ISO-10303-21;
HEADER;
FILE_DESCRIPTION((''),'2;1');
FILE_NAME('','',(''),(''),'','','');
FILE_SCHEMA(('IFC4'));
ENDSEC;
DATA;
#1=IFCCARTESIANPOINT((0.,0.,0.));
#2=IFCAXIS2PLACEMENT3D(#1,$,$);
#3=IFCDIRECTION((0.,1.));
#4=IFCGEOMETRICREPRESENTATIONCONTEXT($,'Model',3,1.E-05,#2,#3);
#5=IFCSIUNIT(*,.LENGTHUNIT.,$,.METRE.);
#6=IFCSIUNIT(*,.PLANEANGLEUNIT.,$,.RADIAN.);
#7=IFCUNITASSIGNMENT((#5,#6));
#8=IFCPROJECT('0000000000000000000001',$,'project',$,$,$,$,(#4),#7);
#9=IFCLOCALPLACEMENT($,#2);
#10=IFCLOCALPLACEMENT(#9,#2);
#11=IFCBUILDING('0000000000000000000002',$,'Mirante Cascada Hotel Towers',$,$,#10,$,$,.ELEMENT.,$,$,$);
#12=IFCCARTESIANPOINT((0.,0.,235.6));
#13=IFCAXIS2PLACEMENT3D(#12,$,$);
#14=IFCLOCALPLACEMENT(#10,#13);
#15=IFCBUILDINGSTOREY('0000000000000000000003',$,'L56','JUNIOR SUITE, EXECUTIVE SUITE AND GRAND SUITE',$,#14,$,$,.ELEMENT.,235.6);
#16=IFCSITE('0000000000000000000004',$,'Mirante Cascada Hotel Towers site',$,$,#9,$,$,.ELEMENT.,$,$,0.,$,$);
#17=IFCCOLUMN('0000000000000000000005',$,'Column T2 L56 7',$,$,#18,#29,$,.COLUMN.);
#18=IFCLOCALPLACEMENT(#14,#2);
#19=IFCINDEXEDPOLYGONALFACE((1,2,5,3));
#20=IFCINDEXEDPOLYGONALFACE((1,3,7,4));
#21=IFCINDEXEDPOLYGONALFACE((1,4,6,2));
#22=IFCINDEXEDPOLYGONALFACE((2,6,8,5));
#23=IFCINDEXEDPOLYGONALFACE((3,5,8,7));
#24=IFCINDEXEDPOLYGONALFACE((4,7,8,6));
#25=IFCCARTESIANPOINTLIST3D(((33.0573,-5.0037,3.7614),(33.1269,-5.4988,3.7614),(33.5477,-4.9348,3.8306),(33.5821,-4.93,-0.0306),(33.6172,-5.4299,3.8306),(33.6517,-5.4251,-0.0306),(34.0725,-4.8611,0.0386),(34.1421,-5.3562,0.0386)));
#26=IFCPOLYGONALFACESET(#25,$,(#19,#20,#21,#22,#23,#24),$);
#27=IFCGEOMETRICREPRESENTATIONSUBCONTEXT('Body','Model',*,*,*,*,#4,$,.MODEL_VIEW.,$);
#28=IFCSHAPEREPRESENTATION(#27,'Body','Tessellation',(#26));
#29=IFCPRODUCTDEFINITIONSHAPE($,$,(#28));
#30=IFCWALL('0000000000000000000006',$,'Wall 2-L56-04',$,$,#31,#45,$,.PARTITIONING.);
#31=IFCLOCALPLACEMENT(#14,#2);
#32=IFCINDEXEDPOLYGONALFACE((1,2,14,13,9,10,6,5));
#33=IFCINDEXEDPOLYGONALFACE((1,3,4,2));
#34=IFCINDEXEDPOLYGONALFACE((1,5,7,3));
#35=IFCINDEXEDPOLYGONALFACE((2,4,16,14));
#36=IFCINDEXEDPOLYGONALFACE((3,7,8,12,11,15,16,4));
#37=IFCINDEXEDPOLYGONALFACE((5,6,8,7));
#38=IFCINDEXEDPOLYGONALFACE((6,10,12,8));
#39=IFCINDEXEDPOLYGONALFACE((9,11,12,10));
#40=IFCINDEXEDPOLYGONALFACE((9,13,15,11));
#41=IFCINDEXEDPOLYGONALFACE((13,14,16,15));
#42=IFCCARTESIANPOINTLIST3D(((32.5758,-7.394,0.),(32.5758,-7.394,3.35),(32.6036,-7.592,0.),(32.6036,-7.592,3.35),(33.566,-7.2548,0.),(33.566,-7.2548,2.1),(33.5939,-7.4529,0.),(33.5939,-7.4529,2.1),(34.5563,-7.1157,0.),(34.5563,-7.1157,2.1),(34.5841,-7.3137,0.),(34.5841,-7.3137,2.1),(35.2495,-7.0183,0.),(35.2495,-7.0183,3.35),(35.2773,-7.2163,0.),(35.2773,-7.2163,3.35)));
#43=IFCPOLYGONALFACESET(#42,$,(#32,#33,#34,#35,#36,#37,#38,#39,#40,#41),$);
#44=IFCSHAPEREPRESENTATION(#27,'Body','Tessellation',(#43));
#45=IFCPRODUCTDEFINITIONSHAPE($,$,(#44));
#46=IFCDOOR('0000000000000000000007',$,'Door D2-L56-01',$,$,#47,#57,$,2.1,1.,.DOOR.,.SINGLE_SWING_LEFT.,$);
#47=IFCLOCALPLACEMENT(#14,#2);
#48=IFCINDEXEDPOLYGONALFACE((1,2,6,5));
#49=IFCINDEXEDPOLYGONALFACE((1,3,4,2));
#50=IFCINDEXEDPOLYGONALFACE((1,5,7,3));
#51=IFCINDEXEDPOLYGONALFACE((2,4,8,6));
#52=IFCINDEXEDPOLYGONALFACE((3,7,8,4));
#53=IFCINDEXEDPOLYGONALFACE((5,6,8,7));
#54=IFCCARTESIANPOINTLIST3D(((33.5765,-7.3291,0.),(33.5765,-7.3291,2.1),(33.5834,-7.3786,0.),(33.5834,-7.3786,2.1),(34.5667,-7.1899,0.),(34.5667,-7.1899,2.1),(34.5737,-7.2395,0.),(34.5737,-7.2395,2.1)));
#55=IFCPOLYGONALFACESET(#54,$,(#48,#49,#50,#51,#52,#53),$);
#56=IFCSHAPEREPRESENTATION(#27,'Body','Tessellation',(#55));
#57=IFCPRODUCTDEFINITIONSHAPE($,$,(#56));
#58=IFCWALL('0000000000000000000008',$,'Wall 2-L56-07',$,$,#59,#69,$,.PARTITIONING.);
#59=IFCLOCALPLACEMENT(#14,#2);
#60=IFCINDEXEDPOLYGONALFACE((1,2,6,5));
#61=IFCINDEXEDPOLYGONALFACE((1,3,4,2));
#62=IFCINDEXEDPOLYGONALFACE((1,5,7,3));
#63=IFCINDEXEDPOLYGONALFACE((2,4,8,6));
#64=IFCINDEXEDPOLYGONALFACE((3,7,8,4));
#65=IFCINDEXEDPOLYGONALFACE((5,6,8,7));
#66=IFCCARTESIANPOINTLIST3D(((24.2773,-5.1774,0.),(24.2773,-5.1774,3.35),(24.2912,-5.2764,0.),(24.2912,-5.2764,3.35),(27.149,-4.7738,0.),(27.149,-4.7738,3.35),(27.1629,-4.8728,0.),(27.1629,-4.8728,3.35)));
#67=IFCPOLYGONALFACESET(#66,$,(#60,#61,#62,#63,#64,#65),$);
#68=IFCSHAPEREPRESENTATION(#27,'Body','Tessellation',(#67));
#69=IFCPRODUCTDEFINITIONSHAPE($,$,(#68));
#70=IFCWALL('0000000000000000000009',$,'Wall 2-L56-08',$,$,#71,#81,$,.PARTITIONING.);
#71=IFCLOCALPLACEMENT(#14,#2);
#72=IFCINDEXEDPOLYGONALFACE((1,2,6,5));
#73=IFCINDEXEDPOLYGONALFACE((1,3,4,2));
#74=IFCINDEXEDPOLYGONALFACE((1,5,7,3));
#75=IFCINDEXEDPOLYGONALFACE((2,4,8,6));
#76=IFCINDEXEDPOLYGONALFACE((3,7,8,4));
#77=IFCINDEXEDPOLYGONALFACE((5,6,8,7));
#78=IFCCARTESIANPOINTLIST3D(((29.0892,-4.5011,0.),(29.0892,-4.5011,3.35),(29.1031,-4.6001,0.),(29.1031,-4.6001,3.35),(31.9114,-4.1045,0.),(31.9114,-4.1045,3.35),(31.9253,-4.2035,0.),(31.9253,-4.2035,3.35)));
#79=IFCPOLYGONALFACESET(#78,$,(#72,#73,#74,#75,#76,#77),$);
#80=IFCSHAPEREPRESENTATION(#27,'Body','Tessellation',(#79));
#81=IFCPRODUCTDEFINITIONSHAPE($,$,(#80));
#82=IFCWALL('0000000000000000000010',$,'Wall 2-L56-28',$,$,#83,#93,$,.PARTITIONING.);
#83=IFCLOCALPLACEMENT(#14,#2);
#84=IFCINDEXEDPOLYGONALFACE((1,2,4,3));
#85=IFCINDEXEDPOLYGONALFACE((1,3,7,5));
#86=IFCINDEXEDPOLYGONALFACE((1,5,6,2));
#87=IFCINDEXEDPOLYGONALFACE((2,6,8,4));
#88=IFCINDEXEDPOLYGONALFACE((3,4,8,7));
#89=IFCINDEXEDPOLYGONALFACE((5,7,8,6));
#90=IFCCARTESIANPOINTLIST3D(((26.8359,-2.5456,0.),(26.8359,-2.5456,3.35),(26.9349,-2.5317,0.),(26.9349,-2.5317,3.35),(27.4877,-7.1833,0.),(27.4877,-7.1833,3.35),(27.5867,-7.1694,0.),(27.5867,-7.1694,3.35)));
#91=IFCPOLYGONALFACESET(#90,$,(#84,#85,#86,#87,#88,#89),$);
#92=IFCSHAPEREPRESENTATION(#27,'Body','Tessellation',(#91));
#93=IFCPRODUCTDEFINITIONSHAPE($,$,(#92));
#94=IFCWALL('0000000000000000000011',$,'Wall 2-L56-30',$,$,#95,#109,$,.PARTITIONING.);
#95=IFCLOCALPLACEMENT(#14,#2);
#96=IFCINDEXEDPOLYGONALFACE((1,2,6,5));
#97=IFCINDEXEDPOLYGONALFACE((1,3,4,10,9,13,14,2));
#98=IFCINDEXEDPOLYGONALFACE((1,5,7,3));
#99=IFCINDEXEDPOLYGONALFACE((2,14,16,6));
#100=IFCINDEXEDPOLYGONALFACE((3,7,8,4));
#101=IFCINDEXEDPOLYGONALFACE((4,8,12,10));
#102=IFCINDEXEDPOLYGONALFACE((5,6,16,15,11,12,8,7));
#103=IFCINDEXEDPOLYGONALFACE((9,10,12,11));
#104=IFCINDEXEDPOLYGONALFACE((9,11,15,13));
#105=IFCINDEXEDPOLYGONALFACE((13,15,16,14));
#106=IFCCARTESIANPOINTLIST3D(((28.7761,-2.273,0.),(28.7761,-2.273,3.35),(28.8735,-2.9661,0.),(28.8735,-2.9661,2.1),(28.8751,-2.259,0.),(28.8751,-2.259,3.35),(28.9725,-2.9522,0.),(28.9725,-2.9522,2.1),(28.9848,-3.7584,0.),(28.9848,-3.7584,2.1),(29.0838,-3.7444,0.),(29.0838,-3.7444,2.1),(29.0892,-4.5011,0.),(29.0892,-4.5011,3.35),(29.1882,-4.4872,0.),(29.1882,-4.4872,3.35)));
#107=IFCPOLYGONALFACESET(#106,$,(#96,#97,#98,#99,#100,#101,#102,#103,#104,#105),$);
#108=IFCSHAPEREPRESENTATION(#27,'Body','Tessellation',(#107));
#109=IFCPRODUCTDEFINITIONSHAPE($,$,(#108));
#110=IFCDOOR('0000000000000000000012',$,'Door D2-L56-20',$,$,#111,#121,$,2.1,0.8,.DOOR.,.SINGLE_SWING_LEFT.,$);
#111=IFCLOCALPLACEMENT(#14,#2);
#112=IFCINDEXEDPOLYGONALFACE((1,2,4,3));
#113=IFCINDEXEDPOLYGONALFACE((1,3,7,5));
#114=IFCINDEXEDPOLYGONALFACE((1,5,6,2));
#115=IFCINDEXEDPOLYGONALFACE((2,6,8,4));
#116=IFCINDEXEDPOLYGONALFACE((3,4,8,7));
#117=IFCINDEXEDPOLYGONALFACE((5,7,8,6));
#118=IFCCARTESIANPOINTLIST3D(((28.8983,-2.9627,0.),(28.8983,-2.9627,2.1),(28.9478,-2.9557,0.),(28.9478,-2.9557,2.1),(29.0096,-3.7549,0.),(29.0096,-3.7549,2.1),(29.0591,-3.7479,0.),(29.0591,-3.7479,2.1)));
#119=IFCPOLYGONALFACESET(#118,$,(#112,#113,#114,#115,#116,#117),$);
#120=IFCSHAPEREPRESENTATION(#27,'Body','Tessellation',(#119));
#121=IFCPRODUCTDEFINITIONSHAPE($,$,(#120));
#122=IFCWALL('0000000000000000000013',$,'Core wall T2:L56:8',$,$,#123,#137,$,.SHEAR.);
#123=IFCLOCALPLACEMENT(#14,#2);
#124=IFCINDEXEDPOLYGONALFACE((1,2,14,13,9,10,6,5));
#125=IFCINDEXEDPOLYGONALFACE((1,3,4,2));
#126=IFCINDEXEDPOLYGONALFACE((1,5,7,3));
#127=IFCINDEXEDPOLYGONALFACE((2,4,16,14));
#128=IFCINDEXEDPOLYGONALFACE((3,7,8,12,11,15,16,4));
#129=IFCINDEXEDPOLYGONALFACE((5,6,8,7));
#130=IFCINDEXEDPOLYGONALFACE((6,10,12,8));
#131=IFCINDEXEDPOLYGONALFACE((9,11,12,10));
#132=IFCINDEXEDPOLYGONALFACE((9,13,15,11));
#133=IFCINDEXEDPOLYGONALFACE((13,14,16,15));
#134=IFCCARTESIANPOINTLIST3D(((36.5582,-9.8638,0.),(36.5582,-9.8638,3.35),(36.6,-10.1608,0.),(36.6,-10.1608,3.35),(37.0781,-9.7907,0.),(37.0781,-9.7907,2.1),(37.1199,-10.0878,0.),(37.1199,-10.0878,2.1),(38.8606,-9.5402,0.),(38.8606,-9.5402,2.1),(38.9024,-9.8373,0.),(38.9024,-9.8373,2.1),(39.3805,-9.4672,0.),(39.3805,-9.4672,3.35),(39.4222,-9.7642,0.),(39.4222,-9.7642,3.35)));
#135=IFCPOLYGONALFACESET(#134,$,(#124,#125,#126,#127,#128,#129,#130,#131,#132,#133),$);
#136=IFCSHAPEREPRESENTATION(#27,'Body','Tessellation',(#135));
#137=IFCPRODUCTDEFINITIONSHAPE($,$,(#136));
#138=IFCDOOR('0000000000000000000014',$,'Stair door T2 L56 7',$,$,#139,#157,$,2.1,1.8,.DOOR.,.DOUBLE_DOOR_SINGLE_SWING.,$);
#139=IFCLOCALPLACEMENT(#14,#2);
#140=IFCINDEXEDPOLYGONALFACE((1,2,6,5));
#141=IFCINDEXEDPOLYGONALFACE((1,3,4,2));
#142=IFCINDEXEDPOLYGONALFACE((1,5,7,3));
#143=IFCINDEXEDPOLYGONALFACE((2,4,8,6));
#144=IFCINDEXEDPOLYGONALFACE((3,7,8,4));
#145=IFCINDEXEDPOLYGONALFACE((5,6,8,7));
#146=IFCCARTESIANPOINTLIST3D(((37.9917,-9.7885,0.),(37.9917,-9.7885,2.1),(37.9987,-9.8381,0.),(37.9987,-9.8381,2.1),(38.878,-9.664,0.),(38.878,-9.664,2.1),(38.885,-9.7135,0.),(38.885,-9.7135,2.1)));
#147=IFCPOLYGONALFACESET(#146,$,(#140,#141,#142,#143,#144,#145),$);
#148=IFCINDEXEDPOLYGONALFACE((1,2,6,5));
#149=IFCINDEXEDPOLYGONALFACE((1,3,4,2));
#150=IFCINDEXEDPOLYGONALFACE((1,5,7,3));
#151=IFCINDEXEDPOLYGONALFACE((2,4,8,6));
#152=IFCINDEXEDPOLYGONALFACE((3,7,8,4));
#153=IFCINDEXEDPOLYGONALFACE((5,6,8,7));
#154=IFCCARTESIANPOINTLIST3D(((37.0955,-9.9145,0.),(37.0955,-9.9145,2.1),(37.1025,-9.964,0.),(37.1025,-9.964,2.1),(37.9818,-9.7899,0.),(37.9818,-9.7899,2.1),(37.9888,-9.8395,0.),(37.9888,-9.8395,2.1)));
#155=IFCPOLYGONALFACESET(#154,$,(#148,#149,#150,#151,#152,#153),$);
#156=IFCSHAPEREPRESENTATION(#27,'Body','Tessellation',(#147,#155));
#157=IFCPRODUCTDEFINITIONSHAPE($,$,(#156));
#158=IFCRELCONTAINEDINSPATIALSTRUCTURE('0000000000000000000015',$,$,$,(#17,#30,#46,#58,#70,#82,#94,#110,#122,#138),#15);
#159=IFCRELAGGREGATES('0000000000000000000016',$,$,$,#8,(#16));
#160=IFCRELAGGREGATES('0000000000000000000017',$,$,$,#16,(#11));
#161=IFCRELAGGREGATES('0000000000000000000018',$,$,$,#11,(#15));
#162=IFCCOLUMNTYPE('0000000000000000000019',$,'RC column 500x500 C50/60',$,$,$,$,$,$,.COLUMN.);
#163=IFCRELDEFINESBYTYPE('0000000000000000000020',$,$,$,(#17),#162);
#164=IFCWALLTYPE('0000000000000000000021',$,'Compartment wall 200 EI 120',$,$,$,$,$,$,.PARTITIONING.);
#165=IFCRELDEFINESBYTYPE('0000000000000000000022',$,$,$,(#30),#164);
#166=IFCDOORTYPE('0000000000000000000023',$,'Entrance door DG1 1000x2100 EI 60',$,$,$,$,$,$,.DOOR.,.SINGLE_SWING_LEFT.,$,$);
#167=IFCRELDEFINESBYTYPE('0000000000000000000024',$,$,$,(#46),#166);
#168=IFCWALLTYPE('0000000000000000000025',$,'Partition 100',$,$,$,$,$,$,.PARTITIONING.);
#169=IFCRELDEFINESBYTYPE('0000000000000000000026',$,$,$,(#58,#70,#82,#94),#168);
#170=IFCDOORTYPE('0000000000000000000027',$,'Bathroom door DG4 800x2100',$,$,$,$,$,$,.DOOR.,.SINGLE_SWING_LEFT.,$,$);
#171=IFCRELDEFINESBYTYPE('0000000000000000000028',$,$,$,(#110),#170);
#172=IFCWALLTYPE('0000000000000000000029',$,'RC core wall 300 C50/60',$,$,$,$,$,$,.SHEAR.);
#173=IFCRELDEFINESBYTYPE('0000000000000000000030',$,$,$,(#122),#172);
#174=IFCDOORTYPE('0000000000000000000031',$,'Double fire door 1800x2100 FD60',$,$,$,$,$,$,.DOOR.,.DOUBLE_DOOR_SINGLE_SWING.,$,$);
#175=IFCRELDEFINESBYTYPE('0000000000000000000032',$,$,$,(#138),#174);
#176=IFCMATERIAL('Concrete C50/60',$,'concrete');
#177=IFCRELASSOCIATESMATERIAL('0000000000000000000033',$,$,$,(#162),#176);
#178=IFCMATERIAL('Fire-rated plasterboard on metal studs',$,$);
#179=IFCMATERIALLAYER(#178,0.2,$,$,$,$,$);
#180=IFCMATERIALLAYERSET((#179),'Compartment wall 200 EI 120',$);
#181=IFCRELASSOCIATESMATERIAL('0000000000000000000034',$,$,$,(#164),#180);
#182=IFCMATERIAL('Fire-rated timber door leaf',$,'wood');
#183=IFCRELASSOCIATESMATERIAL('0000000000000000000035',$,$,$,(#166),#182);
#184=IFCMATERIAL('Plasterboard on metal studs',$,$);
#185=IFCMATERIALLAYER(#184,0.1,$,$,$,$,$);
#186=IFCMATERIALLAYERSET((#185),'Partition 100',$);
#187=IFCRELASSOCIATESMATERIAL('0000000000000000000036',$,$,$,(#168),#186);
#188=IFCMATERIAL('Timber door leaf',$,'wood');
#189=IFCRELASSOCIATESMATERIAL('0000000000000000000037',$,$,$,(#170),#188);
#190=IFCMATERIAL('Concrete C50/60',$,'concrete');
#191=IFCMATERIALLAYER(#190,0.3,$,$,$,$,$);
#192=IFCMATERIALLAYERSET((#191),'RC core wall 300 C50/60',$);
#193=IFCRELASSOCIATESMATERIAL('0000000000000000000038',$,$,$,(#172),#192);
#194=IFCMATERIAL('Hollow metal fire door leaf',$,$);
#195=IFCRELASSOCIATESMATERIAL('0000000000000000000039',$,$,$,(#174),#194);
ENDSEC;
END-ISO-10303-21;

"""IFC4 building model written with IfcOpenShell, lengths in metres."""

from ifc_helpers import new_model, si_unit, direction, frame, frame_2d, origin, origin_2d, place, context, subcontext, project, spatial, rectangle, extrude, material, layer, layer_set, material_profile, profile_set, type_object, element, fill, save


model = new_model("IFC4")

# Units and contexts
model_context = context("Model", 3, precision=1e-05, world=origin(), true_north=direction((0.0, 1.0)))
body_context = subcontext(model_context, "Body", "Model", "MODEL_VIEW")
ifc_project = project(units=[si_unit("LENGTHUNIT", "METRE"), si_unit("PLANEANGLEUNIT", "RADIAN")], contexts=[model_context])

# Site, building, storey
site_placement = place(None, origin())
site = spatial("IfcSite", under=ifc_project, at=site_placement, Name="Mirante Cascada Hotel Towers site", CompositionType="ELEMENT", RefElevation=0.0)
building_placement = place(site_placement, origin())
building = spatial("IfcBuilding", under=site, at=building_placement, Name="Mirante Cascada Hotel Towers", CompositionType="ELEMENT")
storey_placement = place(building_placement, frame((0.0, 0.0, 235.6)))
storey = spatial("IfcBuildingStorey", under=building, at=storey_placement, Name="L56", Description="JUNIOR SUITE, EXECUTIVE SUITE AND GRAND SUITE", CompositionType="ELEMENT", Elevation=235.6)

# Column
ifc_material_1 = material(Name="Concrete C50/60", Category="concrete")
ifc_material_profile = material_profile(ifc_material_1, rectangle(XDim=0.5, YDim=0.5, at=origin_2d()), Name="RC column 500x500 C50/60")
ifc_profile_set = profile_set([ifc_material_profile], Name="Concrete C50/60")
column_type = type_object("IfcColumnType", Name="RC column 500x500 C50/60", PredefinedType="COLUMN", material=ifc_profile_set)
column_placement = place(storey_placement, frame((33.8621, -5.1431, 0.004), z_axis=(-0.137065, -0.019249, 0.990375), x_axis=(0.13907, -0.990283, 0.0)))
element("IfcColumn", 1, at=column_placement, inside=storey, type_object=column_type, Name="Column T2 L56 7", PredefinedType="COLUMN", context=body_context, shape_type="SweptSolid", body=[
    extrude(rectangle(XDim=0.5, YDim=0.5, at=origin_2d()), origin(), (0.0, 0.0, 1.0), 3.8289),
])

# Wall, opening, door
ifc_material_2 = material(Name="Fire-rated plasterboard on metal studs")
ifc_layer_1 = layer(ifc_material_2, 0.2)
ifc_layer_set_1 = layer_set([ifc_layer_1], Name="Compartment wall 200 EI 120")
wall_type_1 = type_object("IfcWallType", Name="Compartment wall 200 EI 120", PredefinedType="PARTITIONING", material=ifc_layer_set_1)
wall_1_placement = place(storey_placement, frame((35.2634, -7.1173, 0.0), z_axis=(0.0, 0.0, 1.0), x_axis=(-0.990271, -0.13915, 0.0)))
wall_1 = element("IfcWall", 2, at=wall_1_placement, inside=storey, type_object=wall_type_1, Name="Wall 2-L56-04", PredefinedType="PARTITIONING", context=body_context, shape_type="SweptSolid", body=[
    extrude(rectangle(XDim=2.7, YDim=0.2, at=frame_2d((1.35, 0.0))), origin(), (0.0, 0.0, 1.0), 3.35),
])
opening_1_placement = place(wall_1_placement, frame((0.7, 0.0, 0.0)))
opening_1 = element("IfcOpeningElement", 3, at=opening_1_placement, cuts=wall_1, PredefinedType="OPENING", context=body_context, shape_type="SweptSolid", body=[
    extrude(rectangle(XDim=1.0, YDim=2.1, at=frame_2d((0.5, 1.05))), frame((0.0, 0.1, 0.0), z_axis=(0.0, -1.0, 0.0), x_axis=(1.0, 0.0, 0.0)), (0.0, 0.0, 1.0), 0.2),
])
ifc_material_3 = material(Name="Fire-rated timber door leaf", Category="wood")
door_type_1 = type_object("IfcDoorType", Name="Entrance door DG1 1000x2100 EI 60", OperationType="SINGLE_SWING_LEFT", PredefinedType="DOOR", material=ifc_material_3)
door_1_placement = place(opening_1_placement, origin())
door_1 = element("IfcDoor", 4, at=door_1_placement, inside=storey, type_object=door_type_1, Name="Door D2-L56-01", OperationType="SINGLE_SWING_LEFT", OverallHeight=2.1, OverallWidth=1.0, PredefinedType="DOOR", context=body_context, shape_type="SweptSolid", body=[
    extrude(rectangle(XDim=1.0, YDim=2.1, at=frame_2d((0.5, 1.05))), frame((0.0, 0.025, 0.0), z_axis=(0.0, -1.0, 0.0), x_axis=(1.0, 0.0, 0.0)), (0.0, 0.0, 1.0), 0.05),
])
fill(opening_1, door_1)

# Walls
ifc_material_4 = material(Name="Plasterboard on metal studs")
ifc_layer_2 = layer(ifc_material_4, 0.1)
ifc_layer_set_2 = layer_set([ifc_layer_2], Name="Partition 100")
wall_type_2 = type_object("IfcWallType", Name="Partition 100", PredefinedType="PARTITIONING", material=ifc_layer_set_2)
wall_2_placement = place(storey_placement, frame((24.2842, -5.2269, 0.0), z_axis=(0.0, 0.0, 1.0), x_axis=(0.990268, 0.139176, 0.0)))
element("IfcWall", 5, at=wall_2_placement, inside=storey, type_object=wall_type_2, Name="Wall 2-L56-07", PredefinedType="PARTITIONING", context=body_context, shape_type="SweptSolid", body=[
    extrude(rectangle(XDim=2.8999, YDim=0.1, at=frame_2d((1.45, 0.0))), origin(), (0.0, 0.0, 1.0), 3.35),
])
wall_3_placement = place(storey_placement, frame((31.9184, -4.154, 0.0), z_axis=(0.0, 0.0, 1.0), x_axis=(-0.99027, -0.139161, 0.0)))
element("IfcWall", 6, at=wall_3_placement, inside=storey, type_object=wall_type_2, Name="Wall 2-L56-08", PredefinedType="PARTITIONING", context=body_context, shape_type="SweptSolid", body=[
    extrude(rectangle(XDim=2.8499, YDim=0.1, at=frame_2d((1.425, 0.0))), origin(), (0.0, 0.0, 1.0), 3.35),
])
wall_4_placement = place(storey_placement, frame((26.8854, -2.5387, 0.0), z_axis=(0.0, 0.0, 1.0), x_axis=(0.139176, -0.990268, 0.0)))
element("IfcWall", 7, at=wall_4_placement, inside=storey, type_object=wall_type_2, Name="Wall 2-L56-28", PredefinedType="PARTITIONING", context=body_context, shape_type="SweptSolid", body=[
    extrude(rectangle(XDim=4.6833, YDim=0.1, at=frame_2d((2.3416, 0.0))), origin(), (0.0, 0.0, 1.0), 3.35),
])

# Walls, openings, doors
wall_5_placement = place(storey_placement, frame((28.8256, -2.266, 0.0), z_axis=(0.0, 0.0, 1.0), x_axis=(0.139156, -0.990271, 0.0)))
wall_5 = element("IfcWall", 8, at=wall_5_placement, inside=storey, type_object=wall_type_2, Name="Wall 2-L56-30", PredefinedType="PARTITIONING", context=body_context, shape_type="SweptSolid", body=[
    extrude(rectangle(XDim=2.25, YDim=0.1, at=frame_2d((1.125, 0.0))), origin(), (0.0, 0.0, 1.0), 3.35),
])
opening_2_placement = place(wall_5_placement, frame((0.7, 0.0, 0.0)))
opening_2 = element("IfcOpeningElement", 9, at=opening_2_placement, cuts=wall_5, PredefinedType="OPENING", context=body_context, shape_type="SweptSolid", body=[
    extrude(rectangle(XDim=0.8, YDim=2.1, at=frame_2d((0.4, 1.05))), frame((0.0, 0.05, 0.0), z_axis=(0.0, -1.0, 0.0), x_axis=(1.0, 0.0, 0.0)), (0.0, 0.0, 1.0), 0.1),
])
ifc_material_5 = material(Name="Timber door leaf", Category="wood")
door_type_2 = type_object("IfcDoorType", Name="Bathroom door DG4 800x2100", OperationType="SINGLE_SWING_LEFT", PredefinedType="DOOR", material=ifc_material_5)
door_2_placement = place(opening_2_placement, origin())
door_2 = element("IfcDoor", 10, at=door_2_placement, inside=storey, type_object=door_type_2, Name="Door D2-L56-20", OperationType="SINGLE_SWING_LEFT", OverallHeight=2.1, OverallWidth=0.8, PredefinedType="DOOR", context=body_context, shape_type="SweptSolid", body=[
    extrude(rectangle(XDim=0.8, YDim=2.1, at=frame_2d((0.4, 1.05))), frame((0.0, 0.025, 0.0), z_axis=(0.0, -1.0, 0.0), x_axis=(1.0, 0.0, 0.0)), (0.0, 0.0, 1.0), 0.05),
])
fill(opening_2, door_2)
ifc_material_6 = material(Name="Concrete C50/60", Category="concrete")
ifc_layer_3 = layer(ifc_material_6, 0.3)
ifc_layer_set_3 = layer_set([ifc_layer_3], Name="RC core wall 300 C50/60")
wall_type_3 = type_object("IfcWallType", Name="RC core wall 300 C50/60", PredefinedType="SHEAR", material=ifc_layer_set_3)
wall_6_placement = place(storey_placement, frame((36.5791, -10.0123, 0.0), z_axis=(0.0, 0.0, 1.0), x_axis=(0.99027, 0.139156, 0.0)))
wall_6 = element("IfcWall", 11, at=wall_6_placement, inside=storey, type_object=wall_type_3, Name="Core wall T2:L56:8", PredefinedType="SHEAR", context=body_context, shape_type="SweptSolid", body=[
    extrude(rectangle(XDim=2.85, YDim=0.3, at=frame_2d((1.425, 0.0))), origin(), (0.0, 0.0, 1.0), 3.35),
])
opening_3_placement = place(wall_6_placement, frame((0.525, 0.0, 0.0)))
opening_3 = element("IfcOpeningElement", 12, at=opening_3_placement, cuts=wall_6, PredefinedType="OPENING", context=body_context, shape_type="SweptSolid", body=[
    extrude(rectangle(XDim=1.8, YDim=2.1, at=frame_2d((0.9, 1.05))), frame((0.0, 0.15, 0.0), z_axis=(0.0, -1.0, 0.0), x_axis=(1.0, 0.0, 0.0)), (0.0, 0.0, 1.0), 0.3),
])
ifc_material_7 = material(Name="Hollow metal fire door leaf")
door_type_3 = type_object("IfcDoorType", Name="Double fire door 1800x2100 FD60", OperationType="DOUBLE_DOOR_SINGLE_SWING", PredefinedType="DOOR", material=ifc_material_7)
door_3_placement = place(opening_3_placement, frame((1.8, 0.0, 0.0), z_axis=(0.0, 0.0, 1.0), x_axis=(-1.0, 0.0, 0.0)))
door_3 = element("IfcDoor", 13, at=door_3_placement, inside=storey, type_object=door_type_3, Name="Stair door T2 L56 7", OperationType="DOUBLE_DOOR_SINGLE_SWING", OverallHeight=2.1, OverallWidth=1.8, PredefinedType="DOOR", context=body_context, shape_type="SweptSolid", body=[
    extrude(rectangle(XDim=0.895, YDim=2.1, at=frame_2d((0.4475, 1.05))), frame((0.0, 0.025, 0.0), z_axis=(0.0, -1.0, 0.0), x_axis=(1.0, 0.0, 0.0)), (0.0, 0.0, 1.0), 0.05),
    extrude(rectangle(XDim=0.895, YDim=2.1, at=frame_2d((1.3525, 1.05))), frame((0.0, 0.025, 0.0), z_axis=(0.0, -1.0, 0.0), x_axis=(1.0, 0.0, 0.0)), (0.0, 0.0, 1.0), 0.05),
])
fill(opening_3, door_3)

save(model, "model.ifc")
